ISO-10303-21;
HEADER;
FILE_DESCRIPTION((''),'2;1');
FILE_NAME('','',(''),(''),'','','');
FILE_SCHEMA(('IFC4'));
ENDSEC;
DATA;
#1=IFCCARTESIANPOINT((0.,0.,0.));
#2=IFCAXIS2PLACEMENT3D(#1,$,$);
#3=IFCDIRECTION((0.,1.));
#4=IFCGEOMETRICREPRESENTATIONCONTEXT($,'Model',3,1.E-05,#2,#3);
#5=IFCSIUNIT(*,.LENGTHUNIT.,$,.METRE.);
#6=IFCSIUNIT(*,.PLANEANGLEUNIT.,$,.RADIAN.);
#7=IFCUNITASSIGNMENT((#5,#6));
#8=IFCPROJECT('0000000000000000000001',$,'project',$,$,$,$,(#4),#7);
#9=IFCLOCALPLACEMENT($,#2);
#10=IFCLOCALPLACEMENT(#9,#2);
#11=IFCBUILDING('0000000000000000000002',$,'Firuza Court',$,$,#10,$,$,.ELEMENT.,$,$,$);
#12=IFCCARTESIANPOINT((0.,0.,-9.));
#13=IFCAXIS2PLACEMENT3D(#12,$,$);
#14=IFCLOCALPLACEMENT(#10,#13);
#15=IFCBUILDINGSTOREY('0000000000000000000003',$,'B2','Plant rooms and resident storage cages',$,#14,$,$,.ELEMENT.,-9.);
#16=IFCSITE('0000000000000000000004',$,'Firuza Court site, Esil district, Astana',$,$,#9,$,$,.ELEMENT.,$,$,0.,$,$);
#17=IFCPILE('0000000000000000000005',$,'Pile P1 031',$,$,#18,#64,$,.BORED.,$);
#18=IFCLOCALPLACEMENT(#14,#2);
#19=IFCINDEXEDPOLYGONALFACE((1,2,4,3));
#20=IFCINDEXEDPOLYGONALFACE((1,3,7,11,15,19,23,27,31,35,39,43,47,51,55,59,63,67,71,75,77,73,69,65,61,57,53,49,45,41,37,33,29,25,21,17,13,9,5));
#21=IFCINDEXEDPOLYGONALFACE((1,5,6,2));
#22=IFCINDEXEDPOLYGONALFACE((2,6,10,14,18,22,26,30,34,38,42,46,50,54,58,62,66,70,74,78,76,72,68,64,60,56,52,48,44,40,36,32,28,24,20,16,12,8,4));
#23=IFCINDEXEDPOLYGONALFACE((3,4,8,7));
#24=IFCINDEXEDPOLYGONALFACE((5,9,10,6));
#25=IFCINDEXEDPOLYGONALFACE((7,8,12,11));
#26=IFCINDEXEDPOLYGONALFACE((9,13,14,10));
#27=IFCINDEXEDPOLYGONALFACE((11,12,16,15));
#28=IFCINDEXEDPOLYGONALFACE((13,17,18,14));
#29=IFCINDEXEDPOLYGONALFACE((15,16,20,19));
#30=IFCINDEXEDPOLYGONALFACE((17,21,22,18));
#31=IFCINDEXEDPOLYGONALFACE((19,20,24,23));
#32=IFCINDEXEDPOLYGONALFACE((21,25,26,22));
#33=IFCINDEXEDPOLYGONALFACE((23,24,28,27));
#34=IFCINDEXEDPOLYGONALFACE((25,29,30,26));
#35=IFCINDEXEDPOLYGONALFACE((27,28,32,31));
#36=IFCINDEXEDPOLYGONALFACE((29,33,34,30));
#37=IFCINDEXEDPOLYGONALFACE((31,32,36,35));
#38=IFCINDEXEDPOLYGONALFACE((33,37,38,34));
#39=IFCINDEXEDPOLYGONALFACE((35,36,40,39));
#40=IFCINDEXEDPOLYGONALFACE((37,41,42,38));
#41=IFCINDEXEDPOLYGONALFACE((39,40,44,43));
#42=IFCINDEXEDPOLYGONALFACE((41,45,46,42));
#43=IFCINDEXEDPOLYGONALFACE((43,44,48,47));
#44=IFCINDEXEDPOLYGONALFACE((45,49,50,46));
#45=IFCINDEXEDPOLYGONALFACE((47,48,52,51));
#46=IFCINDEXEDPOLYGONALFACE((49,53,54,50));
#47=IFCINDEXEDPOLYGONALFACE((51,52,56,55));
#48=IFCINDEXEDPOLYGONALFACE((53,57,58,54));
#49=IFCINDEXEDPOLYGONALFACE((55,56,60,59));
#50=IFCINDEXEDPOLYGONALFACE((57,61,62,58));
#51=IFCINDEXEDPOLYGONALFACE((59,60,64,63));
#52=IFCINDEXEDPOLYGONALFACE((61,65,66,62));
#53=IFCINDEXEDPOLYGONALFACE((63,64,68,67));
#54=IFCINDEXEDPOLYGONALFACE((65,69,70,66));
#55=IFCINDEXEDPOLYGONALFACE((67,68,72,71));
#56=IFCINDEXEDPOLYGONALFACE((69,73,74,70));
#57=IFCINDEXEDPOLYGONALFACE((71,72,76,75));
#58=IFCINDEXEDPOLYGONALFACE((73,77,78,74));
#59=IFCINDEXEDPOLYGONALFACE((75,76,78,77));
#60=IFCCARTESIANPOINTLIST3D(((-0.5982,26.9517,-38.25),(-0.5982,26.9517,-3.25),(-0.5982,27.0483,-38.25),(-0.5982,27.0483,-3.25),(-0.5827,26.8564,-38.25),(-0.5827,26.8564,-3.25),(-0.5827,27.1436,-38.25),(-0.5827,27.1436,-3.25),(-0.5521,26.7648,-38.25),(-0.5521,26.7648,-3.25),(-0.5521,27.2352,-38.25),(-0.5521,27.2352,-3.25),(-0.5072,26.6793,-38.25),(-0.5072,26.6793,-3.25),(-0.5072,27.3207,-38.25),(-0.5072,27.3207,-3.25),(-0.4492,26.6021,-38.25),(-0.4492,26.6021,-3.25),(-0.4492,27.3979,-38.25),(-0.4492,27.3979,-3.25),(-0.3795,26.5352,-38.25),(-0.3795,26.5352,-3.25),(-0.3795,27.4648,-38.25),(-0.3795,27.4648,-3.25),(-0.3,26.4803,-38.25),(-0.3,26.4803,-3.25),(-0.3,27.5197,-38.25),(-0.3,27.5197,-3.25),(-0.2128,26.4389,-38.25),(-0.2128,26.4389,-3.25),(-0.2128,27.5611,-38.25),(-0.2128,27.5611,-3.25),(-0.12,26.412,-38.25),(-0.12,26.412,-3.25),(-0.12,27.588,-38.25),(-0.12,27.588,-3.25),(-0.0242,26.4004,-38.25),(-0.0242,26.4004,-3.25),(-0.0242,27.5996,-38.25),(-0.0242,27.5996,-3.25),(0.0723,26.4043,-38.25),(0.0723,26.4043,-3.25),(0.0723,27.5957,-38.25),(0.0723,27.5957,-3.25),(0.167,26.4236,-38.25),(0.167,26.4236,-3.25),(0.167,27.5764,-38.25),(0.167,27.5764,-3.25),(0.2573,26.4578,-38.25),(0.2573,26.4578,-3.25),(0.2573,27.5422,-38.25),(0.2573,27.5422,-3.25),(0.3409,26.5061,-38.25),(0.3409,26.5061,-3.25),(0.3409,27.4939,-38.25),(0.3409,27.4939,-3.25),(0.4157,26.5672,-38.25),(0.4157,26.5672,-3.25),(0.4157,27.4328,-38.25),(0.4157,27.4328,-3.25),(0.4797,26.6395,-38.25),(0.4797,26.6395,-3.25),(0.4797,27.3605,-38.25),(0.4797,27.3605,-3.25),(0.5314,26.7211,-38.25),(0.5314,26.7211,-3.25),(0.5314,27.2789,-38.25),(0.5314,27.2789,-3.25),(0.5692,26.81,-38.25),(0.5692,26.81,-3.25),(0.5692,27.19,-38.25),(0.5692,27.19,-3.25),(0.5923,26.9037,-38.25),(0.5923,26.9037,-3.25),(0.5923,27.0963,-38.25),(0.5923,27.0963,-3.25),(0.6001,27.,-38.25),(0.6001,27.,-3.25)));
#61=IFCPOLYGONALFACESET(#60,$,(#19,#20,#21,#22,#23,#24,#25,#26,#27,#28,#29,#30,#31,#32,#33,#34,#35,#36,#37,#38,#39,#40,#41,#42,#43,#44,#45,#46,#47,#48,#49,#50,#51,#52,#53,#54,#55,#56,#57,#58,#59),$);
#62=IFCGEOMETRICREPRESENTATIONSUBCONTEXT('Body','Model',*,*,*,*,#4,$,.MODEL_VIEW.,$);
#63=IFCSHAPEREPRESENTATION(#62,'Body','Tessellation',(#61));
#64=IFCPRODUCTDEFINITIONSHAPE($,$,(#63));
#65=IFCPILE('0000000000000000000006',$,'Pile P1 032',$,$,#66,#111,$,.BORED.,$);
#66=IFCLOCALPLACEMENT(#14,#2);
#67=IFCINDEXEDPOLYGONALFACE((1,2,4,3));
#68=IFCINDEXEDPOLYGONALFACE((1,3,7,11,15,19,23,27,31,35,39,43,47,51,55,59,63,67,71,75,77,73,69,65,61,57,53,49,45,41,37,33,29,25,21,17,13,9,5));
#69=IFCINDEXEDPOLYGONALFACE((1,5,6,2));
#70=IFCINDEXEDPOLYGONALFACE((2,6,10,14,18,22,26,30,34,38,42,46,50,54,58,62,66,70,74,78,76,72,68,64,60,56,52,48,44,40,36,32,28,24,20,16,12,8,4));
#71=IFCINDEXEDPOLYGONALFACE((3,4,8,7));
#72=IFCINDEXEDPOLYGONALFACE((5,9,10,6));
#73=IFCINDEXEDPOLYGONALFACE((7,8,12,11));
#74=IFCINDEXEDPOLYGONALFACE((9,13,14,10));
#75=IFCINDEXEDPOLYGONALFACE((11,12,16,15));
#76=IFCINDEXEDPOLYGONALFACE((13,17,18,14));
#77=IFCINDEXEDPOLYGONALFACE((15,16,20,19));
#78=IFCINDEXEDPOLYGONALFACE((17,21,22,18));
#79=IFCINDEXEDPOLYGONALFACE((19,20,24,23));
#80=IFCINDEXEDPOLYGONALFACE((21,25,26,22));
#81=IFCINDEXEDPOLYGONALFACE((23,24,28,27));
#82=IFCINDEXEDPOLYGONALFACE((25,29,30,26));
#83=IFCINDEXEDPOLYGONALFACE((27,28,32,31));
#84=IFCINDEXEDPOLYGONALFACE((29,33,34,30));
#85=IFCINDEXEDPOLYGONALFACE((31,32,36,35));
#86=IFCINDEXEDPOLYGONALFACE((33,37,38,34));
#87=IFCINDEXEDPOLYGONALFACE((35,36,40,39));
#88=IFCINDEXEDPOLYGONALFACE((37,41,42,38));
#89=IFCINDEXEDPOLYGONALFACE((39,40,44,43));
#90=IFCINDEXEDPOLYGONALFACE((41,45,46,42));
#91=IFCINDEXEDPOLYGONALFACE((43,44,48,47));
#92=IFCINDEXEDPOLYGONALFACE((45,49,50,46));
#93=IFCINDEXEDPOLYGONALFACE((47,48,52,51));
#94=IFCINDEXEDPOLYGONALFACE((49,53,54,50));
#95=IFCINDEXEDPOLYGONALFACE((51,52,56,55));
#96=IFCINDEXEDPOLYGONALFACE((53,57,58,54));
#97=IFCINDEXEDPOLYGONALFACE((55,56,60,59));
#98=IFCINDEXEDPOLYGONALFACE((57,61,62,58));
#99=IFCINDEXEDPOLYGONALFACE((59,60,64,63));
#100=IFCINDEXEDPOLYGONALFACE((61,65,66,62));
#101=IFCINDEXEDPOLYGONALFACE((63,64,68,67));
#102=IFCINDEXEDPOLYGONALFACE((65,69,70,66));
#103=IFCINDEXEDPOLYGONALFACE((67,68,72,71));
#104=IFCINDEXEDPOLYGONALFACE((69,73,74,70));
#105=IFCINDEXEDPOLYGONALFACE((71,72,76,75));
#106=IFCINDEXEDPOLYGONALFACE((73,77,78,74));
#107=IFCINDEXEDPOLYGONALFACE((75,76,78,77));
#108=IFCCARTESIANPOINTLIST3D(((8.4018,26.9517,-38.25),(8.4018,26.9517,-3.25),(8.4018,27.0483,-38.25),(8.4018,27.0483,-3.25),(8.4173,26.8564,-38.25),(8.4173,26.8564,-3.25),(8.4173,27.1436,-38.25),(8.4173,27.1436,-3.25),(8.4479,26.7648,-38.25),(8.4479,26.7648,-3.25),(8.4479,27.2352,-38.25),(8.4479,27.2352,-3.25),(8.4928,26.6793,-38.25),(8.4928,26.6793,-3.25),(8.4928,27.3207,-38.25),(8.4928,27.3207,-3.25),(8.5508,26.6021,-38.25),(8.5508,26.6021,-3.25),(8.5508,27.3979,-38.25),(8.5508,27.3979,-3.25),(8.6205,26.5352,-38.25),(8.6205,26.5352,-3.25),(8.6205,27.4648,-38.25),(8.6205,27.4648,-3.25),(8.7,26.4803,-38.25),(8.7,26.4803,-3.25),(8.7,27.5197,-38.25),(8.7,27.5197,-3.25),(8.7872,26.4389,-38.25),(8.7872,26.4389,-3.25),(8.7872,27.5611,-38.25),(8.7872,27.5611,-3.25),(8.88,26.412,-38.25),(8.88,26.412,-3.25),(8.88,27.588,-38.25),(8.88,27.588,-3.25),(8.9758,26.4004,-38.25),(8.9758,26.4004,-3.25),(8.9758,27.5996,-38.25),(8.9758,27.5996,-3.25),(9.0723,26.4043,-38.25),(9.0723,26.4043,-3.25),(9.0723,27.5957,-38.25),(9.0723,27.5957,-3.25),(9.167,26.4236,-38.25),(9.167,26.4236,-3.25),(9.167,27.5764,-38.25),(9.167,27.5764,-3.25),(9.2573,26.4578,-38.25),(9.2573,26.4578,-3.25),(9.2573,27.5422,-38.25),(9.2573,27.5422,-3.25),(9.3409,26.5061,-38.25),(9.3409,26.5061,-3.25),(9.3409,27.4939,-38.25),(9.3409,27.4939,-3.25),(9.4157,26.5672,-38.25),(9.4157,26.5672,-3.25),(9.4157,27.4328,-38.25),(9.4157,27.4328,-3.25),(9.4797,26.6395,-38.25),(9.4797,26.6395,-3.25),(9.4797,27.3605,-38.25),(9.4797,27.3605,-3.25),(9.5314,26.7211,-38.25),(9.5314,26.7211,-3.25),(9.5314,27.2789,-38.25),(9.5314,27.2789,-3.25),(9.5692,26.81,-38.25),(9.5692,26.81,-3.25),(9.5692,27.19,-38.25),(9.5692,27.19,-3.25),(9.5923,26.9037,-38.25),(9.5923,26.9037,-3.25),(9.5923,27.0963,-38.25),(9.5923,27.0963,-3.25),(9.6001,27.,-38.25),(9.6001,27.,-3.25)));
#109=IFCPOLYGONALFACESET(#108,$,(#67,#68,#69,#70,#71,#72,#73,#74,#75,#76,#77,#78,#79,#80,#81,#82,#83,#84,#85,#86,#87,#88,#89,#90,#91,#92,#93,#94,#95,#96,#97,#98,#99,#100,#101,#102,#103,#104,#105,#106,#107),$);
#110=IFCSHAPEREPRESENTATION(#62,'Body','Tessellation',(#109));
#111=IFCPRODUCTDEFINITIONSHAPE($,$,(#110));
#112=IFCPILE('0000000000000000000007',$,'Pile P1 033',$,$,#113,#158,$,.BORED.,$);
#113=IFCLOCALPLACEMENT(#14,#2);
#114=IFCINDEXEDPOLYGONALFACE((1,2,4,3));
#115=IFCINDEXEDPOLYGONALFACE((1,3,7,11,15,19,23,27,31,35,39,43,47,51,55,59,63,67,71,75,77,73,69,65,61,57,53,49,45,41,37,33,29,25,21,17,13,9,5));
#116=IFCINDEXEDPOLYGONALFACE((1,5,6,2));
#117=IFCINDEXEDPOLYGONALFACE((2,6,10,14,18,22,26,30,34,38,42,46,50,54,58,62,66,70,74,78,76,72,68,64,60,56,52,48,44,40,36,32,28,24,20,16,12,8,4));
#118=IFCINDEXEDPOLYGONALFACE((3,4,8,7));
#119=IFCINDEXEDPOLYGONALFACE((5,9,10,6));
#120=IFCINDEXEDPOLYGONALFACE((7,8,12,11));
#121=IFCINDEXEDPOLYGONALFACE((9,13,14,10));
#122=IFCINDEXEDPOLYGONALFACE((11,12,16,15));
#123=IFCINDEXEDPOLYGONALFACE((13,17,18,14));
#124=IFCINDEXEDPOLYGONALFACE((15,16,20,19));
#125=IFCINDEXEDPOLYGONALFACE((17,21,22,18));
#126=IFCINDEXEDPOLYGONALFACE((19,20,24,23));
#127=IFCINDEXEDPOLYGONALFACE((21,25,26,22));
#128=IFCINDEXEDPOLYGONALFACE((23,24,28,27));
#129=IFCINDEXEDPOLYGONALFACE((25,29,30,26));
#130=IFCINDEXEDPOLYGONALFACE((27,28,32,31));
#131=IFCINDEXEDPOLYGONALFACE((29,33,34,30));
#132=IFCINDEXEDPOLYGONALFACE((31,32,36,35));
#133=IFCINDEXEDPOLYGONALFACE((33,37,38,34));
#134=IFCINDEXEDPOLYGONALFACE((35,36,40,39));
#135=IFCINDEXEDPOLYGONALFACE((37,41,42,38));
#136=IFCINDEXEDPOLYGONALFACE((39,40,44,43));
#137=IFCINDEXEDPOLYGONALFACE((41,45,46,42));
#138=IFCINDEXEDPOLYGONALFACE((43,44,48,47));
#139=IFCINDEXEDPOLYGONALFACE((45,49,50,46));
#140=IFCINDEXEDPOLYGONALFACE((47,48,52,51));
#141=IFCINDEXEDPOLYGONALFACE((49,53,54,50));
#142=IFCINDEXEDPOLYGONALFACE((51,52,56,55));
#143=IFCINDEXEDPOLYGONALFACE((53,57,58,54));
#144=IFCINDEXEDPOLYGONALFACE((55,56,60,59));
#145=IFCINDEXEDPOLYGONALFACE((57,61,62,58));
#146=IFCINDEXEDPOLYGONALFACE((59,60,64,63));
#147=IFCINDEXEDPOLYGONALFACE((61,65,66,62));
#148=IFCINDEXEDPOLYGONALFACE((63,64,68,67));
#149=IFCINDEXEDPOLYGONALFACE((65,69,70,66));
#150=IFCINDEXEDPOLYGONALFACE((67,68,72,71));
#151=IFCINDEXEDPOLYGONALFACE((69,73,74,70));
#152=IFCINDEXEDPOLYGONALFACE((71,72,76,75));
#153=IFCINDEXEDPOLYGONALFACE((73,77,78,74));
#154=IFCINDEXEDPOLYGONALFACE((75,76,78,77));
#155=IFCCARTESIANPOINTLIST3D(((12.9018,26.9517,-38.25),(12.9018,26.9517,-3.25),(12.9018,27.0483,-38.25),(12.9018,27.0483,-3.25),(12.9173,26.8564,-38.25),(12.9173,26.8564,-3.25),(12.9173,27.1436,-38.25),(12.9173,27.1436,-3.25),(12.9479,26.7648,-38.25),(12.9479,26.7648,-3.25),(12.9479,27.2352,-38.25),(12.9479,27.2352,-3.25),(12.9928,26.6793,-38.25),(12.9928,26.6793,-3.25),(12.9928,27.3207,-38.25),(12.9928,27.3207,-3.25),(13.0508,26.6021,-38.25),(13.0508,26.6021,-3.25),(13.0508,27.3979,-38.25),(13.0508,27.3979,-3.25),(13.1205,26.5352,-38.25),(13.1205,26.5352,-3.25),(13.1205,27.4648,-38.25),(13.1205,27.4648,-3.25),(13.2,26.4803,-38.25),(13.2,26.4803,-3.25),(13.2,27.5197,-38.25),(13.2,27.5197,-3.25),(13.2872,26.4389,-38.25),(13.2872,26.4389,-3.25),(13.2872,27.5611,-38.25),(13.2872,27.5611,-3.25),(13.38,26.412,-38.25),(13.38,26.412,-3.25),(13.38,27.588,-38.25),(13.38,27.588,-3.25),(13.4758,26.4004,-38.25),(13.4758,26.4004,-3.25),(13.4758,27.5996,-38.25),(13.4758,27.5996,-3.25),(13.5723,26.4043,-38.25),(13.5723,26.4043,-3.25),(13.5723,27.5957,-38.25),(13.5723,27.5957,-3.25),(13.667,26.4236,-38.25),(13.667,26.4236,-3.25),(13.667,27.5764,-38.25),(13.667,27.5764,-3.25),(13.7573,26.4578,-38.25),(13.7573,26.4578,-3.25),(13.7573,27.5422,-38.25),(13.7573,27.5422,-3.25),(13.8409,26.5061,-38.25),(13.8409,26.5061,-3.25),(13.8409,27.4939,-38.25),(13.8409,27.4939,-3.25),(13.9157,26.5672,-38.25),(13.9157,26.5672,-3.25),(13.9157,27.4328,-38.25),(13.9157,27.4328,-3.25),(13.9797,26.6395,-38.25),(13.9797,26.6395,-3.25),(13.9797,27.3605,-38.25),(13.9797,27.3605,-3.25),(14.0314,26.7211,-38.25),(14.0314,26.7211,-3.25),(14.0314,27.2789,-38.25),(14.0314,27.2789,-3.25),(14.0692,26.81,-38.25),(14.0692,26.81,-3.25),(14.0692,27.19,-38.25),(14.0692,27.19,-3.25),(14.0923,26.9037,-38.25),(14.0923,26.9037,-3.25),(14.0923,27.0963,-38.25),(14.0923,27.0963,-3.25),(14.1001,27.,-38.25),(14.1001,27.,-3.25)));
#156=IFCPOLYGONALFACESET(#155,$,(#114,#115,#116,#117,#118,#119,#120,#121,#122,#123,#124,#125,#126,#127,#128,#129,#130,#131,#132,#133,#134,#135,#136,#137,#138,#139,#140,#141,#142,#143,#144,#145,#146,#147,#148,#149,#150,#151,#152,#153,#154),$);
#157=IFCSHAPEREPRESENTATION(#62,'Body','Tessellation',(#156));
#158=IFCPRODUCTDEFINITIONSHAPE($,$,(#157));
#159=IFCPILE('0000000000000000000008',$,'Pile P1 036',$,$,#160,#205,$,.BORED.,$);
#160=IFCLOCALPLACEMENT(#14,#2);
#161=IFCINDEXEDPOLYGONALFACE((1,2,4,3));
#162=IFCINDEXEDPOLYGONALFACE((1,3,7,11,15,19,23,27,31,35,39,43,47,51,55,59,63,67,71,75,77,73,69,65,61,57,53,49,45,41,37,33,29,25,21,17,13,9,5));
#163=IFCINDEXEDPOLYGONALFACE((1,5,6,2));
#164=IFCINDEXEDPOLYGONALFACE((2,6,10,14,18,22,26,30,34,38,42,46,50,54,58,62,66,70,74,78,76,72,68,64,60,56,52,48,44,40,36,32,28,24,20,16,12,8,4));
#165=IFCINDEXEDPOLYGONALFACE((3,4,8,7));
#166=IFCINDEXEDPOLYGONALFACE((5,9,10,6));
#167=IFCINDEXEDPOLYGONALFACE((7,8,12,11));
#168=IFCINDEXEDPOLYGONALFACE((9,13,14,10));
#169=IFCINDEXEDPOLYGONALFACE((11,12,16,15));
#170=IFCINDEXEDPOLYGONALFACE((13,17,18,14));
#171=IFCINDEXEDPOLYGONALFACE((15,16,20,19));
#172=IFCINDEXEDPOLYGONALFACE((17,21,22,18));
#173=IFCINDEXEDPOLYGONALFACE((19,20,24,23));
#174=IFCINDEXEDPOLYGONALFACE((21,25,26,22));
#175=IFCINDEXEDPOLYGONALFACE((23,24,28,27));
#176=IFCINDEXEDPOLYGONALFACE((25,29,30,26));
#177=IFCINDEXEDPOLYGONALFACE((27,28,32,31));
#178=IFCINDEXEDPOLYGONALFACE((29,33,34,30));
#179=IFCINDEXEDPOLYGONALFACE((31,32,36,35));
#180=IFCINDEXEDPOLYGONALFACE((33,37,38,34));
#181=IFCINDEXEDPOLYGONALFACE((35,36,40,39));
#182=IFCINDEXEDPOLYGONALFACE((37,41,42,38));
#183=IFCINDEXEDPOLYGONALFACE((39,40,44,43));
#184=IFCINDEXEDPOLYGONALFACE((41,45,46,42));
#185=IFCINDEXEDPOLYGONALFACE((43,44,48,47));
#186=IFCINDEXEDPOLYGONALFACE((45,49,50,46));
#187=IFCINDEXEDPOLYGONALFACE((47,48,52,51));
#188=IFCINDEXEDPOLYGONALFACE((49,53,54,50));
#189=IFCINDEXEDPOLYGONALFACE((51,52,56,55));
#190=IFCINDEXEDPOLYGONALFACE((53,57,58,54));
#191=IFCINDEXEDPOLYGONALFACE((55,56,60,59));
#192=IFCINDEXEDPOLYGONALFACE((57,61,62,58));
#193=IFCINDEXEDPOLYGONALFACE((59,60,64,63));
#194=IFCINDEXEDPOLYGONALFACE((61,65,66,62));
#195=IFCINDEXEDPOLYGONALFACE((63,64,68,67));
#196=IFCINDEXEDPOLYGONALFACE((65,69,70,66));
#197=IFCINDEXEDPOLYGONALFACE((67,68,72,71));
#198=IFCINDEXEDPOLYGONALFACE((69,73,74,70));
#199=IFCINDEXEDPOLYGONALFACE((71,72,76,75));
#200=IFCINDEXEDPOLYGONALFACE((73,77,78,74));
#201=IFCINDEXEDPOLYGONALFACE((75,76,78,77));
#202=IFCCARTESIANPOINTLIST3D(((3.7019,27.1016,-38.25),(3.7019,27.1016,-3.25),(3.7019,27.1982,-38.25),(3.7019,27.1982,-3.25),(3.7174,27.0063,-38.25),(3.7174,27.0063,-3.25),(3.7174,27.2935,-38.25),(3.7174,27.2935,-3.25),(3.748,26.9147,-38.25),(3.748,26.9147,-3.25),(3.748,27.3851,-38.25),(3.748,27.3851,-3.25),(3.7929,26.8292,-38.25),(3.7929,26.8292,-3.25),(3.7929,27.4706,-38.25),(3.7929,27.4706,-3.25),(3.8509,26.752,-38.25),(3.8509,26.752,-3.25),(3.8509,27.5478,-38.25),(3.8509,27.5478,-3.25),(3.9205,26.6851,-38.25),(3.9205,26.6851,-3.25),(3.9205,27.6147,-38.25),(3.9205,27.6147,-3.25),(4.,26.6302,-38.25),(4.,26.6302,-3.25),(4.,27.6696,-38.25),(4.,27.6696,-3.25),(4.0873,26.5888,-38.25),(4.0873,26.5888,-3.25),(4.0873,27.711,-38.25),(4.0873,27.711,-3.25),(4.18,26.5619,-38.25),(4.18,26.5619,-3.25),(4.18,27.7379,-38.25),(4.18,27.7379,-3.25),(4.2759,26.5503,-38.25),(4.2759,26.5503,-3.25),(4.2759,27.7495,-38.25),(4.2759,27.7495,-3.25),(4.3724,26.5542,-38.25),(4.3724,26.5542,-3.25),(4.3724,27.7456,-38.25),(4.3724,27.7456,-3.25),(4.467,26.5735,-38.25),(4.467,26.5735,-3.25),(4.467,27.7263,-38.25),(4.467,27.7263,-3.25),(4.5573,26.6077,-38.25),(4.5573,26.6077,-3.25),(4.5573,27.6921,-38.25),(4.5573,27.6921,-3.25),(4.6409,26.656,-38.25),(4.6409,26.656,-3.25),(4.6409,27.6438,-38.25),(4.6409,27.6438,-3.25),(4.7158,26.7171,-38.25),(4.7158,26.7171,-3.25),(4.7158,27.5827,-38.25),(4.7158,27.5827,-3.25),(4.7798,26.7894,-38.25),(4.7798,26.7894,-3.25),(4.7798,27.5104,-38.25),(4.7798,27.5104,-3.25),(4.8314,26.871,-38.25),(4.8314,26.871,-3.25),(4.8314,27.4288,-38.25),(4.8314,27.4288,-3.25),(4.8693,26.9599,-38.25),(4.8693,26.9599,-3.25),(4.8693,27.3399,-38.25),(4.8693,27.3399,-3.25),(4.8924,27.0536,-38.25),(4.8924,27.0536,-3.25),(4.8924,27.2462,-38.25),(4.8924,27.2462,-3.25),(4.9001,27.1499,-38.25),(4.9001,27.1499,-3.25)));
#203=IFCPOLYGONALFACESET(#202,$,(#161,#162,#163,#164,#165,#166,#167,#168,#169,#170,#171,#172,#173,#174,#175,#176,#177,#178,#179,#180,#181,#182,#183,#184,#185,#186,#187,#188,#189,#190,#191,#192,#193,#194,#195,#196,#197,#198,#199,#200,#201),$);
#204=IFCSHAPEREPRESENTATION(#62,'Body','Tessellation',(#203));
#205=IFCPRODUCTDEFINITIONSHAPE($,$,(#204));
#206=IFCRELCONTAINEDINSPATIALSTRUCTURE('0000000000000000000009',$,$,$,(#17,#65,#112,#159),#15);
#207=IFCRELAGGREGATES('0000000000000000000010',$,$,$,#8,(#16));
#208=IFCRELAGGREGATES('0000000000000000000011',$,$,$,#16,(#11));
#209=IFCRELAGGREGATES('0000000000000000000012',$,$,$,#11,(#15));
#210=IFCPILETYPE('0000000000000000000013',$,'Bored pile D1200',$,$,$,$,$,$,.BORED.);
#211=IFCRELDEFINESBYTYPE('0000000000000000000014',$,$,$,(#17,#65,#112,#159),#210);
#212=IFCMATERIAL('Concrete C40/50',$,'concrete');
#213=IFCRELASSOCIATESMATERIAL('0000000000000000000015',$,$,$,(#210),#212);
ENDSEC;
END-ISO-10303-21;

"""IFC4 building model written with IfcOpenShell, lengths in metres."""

from ifc_helpers import new_model, si_unit, direction, frame, origin, origin_2d, place, context, subcontext, project, spatial, circle, extrude, material, material_profile, profile_set, type_object, element, save


model = new_model("IFC4")

# Units and contexts
model_context = context("Model", 3, precision=1e-05, world=origin(), true_north=direction((0.0, 1.0)))
body_context = subcontext(model_context, "Body", "Model", "MODEL_VIEW")
ifc_project = project(units=[si_unit("LENGTHUNIT", "METRE"), si_unit("PLANEANGLEUNIT", "RADIAN")], contexts=[model_context])

# Site, building, storey
site_placement = place(None, origin())
site = spatial("IfcSite", under=ifc_project, at=site_placement, Name="Firuza Court site, Esil district, Astana", CompositionType="ELEMENT", RefElevation=0.0)
building_placement = place(site_placement, origin())
building = spatial("IfcBuilding", under=site, at=building_placement, Name="Firuza Court", CompositionType="ELEMENT")
storey_placement = place(building_placement, frame((0.0, 0.0, -9.0)))
storey = spatial("IfcBuildingStorey", under=building, at=storey_placement, Name="B2", Description="Plant rooms and resident storage cages", CompositionType="ELEMENT", Elevation=-9.0)

# Piles
ifc_material_1 = material(Name="Concrete C40/50", Category="concrete")
ifc_material_profile_1 = material_profile(ifc_material_1, circle(Radius=0.6001, at=origin_2d()), Name="Pile D1200")
ifc_profile_set_1 = profile_set([ifc_material_profile_1], Name="Concrete C40/50")
pile_type = type_object("IfcPileType", Name="Bored pile D1200", PredefinedType="BORED", material=ifc_profile_set_1)
for number, where, z_axis, x_axis, name in (
    (1, (0.0, 27.0, -3.25), (0.0, 0.0, -1.0), (1.0, 0.0, 0.0), "Pile P1 031"),
    (2, (9.0, 27.0, -3.25), (0.0, 0.0, -1.0), (1.0, 0.0, 0.0), "Pile P1 032"),
    (3, (13.5, 27.0, -3.25), (0.0, 0.0, -1.0), (1.0, 0.0, 0.0), "Pile P1 033"),
    (4, (4.3, 27.1499, -3.25), (0.0, 0.0, -1.0), (1.0, 0.0, 0.0), "Pile P1 036"),
):
    element("IfcPile", number, at=place(storey_placement, frame(where, z_axis=z_axis, x_axis=x_axis)), inside=storey, type_object=pile_type, Name=name, PredefinedType="BORED", context=body_context, shape_type="SweptSolid", body=[
        extrude(circle(Radius=0.6001, at=origin_2d()), origin(), (0.0, 0.0, 1.0), 35.0),
    ])

save(model, "model.ifc")
